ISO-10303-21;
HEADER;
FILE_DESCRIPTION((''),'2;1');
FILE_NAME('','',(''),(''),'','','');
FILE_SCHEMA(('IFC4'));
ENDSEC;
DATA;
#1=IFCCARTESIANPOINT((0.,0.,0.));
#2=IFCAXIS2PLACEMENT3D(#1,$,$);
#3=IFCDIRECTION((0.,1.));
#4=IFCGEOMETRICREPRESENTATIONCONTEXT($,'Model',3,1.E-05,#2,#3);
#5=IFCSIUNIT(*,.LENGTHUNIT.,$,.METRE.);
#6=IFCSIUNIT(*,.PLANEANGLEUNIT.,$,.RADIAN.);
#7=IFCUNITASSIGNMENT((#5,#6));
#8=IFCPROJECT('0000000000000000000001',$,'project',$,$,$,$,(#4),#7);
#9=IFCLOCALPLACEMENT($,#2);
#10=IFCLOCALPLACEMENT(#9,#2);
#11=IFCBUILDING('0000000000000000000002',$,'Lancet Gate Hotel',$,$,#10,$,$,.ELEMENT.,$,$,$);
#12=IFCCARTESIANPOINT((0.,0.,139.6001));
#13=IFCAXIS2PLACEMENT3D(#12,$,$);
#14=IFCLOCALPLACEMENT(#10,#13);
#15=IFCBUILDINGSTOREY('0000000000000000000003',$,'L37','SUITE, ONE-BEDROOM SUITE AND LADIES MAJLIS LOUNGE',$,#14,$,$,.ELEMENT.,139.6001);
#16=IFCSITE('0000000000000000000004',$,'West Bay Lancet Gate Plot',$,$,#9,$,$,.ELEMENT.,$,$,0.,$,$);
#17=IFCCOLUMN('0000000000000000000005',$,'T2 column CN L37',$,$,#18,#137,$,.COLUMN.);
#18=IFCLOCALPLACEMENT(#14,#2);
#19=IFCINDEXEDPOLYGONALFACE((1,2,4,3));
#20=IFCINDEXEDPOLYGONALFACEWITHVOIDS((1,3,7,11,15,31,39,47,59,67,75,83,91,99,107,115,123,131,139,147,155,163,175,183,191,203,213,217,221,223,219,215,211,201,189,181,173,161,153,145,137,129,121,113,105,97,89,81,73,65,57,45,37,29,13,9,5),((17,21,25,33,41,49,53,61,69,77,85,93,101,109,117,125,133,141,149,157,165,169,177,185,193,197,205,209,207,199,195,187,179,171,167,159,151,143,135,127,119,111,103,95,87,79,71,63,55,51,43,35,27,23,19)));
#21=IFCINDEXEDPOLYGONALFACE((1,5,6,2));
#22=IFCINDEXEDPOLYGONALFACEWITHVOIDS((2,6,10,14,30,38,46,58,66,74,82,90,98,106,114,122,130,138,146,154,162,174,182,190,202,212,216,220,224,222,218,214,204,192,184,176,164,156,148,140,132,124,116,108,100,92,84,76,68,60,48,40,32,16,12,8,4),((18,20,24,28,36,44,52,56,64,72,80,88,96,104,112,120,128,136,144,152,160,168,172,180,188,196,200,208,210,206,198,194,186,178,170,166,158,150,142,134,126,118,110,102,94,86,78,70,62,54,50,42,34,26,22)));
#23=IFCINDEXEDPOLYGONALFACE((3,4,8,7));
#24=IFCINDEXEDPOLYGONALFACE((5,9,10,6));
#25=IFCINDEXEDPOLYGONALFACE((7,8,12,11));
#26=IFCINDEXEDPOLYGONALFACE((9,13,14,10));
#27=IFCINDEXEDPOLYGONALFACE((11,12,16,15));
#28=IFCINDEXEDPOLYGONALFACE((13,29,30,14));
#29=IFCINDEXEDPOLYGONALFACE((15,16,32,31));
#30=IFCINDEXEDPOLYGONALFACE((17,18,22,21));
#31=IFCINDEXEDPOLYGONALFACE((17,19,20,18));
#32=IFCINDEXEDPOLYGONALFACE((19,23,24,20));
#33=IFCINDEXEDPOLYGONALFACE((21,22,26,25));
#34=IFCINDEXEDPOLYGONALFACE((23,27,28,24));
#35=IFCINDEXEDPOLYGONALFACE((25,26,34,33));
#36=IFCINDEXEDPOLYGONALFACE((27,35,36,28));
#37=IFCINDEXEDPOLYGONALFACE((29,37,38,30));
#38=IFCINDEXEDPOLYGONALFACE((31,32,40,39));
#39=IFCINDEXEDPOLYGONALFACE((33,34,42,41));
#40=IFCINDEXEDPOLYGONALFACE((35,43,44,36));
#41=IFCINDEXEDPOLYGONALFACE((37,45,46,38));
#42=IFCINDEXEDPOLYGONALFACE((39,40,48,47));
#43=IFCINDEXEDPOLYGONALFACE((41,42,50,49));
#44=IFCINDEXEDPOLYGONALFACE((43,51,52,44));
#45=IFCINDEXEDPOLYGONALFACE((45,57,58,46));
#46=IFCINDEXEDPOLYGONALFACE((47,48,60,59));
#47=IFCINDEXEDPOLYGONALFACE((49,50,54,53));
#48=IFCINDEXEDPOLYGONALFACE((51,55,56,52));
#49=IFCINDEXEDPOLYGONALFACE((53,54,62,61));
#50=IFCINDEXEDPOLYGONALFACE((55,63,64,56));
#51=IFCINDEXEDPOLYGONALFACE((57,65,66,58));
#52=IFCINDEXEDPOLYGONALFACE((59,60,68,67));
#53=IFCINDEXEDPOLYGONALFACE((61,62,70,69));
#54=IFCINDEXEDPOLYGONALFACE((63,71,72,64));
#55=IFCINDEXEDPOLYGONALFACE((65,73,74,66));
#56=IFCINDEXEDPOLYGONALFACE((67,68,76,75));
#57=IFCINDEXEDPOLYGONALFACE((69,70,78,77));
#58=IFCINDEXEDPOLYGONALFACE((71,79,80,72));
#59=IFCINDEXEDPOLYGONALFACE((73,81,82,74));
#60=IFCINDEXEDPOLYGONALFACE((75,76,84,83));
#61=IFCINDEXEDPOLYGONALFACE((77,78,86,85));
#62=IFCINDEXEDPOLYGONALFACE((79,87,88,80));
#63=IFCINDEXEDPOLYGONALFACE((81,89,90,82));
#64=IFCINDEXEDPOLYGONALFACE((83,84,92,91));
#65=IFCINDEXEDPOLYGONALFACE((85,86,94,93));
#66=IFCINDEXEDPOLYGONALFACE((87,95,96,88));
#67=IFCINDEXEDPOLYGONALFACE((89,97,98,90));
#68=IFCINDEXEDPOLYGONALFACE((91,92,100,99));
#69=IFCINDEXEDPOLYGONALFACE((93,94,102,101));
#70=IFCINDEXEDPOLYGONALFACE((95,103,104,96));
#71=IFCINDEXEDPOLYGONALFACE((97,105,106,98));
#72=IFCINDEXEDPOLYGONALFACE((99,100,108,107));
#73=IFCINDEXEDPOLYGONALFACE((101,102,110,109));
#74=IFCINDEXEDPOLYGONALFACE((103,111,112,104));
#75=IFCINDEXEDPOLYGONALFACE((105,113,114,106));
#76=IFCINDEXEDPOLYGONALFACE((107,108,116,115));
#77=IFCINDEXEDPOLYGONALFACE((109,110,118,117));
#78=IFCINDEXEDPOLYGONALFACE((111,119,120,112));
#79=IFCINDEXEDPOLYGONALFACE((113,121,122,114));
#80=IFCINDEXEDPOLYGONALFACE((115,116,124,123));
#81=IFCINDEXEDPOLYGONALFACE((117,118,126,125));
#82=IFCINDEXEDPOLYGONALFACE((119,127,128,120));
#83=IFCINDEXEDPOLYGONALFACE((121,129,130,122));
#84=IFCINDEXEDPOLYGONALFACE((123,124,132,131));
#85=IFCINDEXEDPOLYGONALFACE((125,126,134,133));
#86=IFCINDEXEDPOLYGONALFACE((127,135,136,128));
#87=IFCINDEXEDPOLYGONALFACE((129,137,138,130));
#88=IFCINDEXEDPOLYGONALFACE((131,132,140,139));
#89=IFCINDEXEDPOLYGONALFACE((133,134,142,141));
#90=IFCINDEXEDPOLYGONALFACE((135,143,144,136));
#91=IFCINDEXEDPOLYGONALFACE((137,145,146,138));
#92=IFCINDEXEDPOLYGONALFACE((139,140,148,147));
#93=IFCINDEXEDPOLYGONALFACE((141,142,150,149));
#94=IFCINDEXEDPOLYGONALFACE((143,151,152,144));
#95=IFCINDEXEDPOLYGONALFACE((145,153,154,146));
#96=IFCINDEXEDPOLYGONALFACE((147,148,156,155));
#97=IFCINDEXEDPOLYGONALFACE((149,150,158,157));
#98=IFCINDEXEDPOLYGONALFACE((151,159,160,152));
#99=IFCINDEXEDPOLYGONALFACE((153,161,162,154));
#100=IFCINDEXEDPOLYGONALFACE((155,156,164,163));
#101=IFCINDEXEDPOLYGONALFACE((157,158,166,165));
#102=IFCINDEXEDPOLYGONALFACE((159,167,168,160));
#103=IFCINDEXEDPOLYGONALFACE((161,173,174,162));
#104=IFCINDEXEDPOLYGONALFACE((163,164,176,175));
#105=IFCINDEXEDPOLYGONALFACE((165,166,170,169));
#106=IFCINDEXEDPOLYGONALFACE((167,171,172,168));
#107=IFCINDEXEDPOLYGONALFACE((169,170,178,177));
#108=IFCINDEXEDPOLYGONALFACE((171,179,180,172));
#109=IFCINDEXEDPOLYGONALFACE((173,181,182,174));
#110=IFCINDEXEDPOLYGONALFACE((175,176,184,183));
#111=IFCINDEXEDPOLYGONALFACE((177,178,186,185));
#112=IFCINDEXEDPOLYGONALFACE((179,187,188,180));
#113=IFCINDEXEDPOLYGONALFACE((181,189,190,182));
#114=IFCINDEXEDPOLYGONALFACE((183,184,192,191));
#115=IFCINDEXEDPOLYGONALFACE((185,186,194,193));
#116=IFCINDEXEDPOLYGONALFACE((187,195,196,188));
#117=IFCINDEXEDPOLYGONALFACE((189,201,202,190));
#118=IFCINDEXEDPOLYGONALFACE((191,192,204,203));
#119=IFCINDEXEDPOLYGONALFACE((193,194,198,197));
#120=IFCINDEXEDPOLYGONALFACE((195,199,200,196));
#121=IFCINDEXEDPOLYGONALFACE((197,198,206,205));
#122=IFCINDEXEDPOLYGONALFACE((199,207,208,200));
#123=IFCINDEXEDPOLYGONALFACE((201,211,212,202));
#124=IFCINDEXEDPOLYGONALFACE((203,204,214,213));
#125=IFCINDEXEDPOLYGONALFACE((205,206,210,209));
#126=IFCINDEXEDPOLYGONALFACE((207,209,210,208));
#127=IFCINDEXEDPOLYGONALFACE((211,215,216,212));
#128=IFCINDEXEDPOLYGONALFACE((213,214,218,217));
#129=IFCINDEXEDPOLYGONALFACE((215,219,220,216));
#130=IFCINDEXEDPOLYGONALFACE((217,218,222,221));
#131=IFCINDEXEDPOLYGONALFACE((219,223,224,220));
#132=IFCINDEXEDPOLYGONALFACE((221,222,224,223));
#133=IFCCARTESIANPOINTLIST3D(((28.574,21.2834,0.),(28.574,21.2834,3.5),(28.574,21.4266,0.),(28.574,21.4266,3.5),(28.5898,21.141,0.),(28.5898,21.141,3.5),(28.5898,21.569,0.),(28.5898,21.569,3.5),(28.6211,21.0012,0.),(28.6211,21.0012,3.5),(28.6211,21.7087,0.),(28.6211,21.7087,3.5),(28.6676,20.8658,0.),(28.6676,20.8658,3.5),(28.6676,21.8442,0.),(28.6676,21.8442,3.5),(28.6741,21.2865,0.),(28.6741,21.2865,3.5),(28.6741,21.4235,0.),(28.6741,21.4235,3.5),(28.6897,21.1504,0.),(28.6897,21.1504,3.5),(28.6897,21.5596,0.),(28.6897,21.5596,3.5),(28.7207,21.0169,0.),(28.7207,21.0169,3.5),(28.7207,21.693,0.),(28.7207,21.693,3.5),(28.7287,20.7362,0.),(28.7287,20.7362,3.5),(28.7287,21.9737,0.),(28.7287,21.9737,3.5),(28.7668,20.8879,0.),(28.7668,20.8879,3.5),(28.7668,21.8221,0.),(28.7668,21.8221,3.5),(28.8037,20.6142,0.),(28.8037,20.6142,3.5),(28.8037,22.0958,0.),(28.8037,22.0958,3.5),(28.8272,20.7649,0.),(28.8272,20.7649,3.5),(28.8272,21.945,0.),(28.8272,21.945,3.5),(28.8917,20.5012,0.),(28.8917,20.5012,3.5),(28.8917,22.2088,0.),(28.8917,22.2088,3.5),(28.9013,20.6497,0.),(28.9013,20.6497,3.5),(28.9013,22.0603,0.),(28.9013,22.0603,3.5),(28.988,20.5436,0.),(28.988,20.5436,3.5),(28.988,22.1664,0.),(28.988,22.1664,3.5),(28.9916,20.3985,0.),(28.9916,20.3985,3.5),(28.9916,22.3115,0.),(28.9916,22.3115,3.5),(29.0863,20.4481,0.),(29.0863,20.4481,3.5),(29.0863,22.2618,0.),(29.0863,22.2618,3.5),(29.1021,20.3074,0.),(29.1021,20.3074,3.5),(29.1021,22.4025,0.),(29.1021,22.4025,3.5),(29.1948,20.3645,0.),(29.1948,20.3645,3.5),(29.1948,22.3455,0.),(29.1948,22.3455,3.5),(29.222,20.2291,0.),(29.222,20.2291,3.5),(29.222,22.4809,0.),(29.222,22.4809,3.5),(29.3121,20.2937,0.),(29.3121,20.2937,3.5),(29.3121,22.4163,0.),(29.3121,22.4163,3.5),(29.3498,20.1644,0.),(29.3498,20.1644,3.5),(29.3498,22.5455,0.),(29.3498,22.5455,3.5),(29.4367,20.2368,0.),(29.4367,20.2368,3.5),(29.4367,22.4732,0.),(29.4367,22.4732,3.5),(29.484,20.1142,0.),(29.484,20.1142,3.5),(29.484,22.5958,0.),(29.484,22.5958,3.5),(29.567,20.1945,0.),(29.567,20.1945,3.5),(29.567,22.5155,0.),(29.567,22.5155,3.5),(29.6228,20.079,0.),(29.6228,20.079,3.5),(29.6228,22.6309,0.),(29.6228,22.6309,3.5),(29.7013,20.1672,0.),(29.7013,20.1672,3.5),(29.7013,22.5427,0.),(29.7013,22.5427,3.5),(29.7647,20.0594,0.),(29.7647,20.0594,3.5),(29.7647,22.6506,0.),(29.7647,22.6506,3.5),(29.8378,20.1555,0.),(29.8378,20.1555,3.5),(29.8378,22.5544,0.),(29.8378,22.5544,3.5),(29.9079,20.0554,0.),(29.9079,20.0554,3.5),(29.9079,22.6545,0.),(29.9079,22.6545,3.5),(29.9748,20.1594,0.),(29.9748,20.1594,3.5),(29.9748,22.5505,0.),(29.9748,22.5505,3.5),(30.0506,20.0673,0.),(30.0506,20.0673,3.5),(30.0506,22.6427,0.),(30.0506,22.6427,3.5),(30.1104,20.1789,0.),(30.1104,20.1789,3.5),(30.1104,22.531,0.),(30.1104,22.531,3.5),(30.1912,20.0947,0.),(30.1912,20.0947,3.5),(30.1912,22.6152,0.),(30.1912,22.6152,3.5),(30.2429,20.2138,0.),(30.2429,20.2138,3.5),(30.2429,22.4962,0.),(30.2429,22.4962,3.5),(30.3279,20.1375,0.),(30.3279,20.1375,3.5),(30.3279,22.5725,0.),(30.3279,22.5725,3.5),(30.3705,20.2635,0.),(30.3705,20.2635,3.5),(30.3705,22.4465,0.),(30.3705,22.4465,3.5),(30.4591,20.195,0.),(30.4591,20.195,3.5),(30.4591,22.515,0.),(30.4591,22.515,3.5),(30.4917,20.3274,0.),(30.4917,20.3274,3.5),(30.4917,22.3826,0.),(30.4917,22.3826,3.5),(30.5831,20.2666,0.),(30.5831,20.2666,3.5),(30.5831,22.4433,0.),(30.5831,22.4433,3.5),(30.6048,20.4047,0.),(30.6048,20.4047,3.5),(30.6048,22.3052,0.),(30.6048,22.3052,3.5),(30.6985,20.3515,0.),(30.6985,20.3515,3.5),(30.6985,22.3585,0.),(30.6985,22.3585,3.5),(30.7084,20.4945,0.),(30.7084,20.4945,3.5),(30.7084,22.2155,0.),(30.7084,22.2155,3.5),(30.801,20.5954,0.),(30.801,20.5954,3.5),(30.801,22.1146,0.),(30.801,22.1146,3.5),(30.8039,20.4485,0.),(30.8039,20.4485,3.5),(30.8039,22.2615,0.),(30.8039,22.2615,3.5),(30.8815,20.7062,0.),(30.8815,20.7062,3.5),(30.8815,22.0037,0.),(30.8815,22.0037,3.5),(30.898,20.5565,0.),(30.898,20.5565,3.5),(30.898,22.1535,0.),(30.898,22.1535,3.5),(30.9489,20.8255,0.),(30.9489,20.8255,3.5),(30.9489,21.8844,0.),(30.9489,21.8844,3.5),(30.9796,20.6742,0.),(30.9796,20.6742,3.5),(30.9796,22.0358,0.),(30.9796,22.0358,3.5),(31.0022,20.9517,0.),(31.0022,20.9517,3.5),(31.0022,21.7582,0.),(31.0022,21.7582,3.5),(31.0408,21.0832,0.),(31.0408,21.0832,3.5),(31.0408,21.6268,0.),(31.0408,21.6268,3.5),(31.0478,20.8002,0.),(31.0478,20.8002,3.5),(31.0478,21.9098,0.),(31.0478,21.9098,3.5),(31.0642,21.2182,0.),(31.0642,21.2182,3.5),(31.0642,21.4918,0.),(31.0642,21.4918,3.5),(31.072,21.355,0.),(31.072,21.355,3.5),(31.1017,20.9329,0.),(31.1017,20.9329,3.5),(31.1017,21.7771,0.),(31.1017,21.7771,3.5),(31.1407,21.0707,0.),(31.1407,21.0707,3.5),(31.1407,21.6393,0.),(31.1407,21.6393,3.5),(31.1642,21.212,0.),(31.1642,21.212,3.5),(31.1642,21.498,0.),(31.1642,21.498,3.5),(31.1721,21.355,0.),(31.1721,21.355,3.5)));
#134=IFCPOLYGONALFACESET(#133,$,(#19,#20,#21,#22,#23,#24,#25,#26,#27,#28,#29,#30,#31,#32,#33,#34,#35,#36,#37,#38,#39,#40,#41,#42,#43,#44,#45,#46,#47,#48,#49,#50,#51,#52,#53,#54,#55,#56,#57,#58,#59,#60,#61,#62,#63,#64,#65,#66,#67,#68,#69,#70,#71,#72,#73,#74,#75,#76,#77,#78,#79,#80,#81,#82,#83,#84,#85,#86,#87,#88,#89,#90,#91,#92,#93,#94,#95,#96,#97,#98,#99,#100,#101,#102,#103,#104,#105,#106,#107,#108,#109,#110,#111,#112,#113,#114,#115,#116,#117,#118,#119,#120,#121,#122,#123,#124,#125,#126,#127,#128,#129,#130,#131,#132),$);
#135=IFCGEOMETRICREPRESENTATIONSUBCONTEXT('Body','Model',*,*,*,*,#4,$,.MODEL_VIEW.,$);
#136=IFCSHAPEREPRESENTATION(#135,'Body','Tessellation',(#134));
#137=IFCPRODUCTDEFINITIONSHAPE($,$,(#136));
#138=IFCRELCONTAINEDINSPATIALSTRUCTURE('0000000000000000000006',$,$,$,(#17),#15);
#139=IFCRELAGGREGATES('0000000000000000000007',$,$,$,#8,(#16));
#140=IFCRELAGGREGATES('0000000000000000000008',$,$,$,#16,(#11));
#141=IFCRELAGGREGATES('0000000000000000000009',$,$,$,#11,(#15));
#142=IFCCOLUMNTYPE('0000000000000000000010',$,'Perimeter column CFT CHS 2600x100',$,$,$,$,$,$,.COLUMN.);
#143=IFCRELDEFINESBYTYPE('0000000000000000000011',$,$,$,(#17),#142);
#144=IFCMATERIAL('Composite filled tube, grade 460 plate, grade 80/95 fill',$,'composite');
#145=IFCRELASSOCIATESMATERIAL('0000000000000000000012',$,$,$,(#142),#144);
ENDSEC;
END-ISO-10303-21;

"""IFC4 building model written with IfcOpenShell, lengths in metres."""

from ifc_helpers import new_model, si_unit, direction, frame, origin, origin_2d, place, context, subcontext, project, spatial, hollow_circle, extrude, material, material_profile, profile_set, type_object, element, save


model = new_model("IFC4")

# Units and contexts
model_context = context("Model", 3, precision=1e-05, world=origin(), true_north=direction((0.0, 1.0)))
body_context = subcontext(model_context, "Body", "Model", "MODEL_VIEW")
ifc_project = project(units=[si_unit("LENGTHUNIT", "METRE"), si_unit("PLANEANGLEUNIT", "RADIAN")], contexts=[model_context])

# Site, building, storey
site_placement = place(None, origin())
site = spatial("IfcSite", under=ifc_project, at=site_placement, Name="West Bay Lancet Gate Plot", CompositionType="ELEMENT", RefElevation=0.0)
building_placement = place(site_placement, origin())
building = spatial("IfcBuilding", under=site, at=building_placement, Name="Lancet Gate Hotel", CompositionType="ELEMENT")
storey_placement = place(building_placement, frame((0.0, 0.0, 139.6001)))
storey = spatial("IfcBuildingStorey", under=building, at=storey_placement, Name="L37", Description="SUITE, ONE-BEDROOM SUITE AND LADIES MAJLIS LOUNGE", CompositionType="ELEMENT", Elevation=139.6001)

# Column
ifc_material_1 = material(Name="Composite filled tube, grade 460 plate, grade 80/95 fill", Category="composite")
ifc_material_profile_1 = material_profile(ifc_material_1, hollow_circle(Radius=1.3, WallThickness=0.1001, at=origin_2d()), Name="CHS 2600x100")
ifc_profile_set_1 = profile_set([ifc_material_profile_1], Name="Composite filled tube, grade 460 plate, grade 80/95 fill")
column_type = type_object("IfcColumnType", Name="Perimeter column CFT CHS 2600x100", PredefinedType="COLUMN", material=ifc_profile_set_1)
for number, where, z_axis, x_axis, name in (
    (1, (29.8721, 21.355, 0.0), (0.0, 0.0, 1.0), (1.0, 0.0, 0.0), "T2 column CN L37"),
):
    element("IfcColumn", number, at=place(storey_placement, frame(where, z_axis=z_axis, x_axis=x_axis)), inside=storey, type_object=column_type, Name=name, PredefinedType="COLUMN", context=body_context, shape_type="SweptSolid", body=[
        extrude(hollow_circle(Radius=1.3, WallThickness=0.1001, at=origin_2d()), origin(), (0.0, 0.0, 1.0), 3.5),
    ])

save(model, "model.ifc")
